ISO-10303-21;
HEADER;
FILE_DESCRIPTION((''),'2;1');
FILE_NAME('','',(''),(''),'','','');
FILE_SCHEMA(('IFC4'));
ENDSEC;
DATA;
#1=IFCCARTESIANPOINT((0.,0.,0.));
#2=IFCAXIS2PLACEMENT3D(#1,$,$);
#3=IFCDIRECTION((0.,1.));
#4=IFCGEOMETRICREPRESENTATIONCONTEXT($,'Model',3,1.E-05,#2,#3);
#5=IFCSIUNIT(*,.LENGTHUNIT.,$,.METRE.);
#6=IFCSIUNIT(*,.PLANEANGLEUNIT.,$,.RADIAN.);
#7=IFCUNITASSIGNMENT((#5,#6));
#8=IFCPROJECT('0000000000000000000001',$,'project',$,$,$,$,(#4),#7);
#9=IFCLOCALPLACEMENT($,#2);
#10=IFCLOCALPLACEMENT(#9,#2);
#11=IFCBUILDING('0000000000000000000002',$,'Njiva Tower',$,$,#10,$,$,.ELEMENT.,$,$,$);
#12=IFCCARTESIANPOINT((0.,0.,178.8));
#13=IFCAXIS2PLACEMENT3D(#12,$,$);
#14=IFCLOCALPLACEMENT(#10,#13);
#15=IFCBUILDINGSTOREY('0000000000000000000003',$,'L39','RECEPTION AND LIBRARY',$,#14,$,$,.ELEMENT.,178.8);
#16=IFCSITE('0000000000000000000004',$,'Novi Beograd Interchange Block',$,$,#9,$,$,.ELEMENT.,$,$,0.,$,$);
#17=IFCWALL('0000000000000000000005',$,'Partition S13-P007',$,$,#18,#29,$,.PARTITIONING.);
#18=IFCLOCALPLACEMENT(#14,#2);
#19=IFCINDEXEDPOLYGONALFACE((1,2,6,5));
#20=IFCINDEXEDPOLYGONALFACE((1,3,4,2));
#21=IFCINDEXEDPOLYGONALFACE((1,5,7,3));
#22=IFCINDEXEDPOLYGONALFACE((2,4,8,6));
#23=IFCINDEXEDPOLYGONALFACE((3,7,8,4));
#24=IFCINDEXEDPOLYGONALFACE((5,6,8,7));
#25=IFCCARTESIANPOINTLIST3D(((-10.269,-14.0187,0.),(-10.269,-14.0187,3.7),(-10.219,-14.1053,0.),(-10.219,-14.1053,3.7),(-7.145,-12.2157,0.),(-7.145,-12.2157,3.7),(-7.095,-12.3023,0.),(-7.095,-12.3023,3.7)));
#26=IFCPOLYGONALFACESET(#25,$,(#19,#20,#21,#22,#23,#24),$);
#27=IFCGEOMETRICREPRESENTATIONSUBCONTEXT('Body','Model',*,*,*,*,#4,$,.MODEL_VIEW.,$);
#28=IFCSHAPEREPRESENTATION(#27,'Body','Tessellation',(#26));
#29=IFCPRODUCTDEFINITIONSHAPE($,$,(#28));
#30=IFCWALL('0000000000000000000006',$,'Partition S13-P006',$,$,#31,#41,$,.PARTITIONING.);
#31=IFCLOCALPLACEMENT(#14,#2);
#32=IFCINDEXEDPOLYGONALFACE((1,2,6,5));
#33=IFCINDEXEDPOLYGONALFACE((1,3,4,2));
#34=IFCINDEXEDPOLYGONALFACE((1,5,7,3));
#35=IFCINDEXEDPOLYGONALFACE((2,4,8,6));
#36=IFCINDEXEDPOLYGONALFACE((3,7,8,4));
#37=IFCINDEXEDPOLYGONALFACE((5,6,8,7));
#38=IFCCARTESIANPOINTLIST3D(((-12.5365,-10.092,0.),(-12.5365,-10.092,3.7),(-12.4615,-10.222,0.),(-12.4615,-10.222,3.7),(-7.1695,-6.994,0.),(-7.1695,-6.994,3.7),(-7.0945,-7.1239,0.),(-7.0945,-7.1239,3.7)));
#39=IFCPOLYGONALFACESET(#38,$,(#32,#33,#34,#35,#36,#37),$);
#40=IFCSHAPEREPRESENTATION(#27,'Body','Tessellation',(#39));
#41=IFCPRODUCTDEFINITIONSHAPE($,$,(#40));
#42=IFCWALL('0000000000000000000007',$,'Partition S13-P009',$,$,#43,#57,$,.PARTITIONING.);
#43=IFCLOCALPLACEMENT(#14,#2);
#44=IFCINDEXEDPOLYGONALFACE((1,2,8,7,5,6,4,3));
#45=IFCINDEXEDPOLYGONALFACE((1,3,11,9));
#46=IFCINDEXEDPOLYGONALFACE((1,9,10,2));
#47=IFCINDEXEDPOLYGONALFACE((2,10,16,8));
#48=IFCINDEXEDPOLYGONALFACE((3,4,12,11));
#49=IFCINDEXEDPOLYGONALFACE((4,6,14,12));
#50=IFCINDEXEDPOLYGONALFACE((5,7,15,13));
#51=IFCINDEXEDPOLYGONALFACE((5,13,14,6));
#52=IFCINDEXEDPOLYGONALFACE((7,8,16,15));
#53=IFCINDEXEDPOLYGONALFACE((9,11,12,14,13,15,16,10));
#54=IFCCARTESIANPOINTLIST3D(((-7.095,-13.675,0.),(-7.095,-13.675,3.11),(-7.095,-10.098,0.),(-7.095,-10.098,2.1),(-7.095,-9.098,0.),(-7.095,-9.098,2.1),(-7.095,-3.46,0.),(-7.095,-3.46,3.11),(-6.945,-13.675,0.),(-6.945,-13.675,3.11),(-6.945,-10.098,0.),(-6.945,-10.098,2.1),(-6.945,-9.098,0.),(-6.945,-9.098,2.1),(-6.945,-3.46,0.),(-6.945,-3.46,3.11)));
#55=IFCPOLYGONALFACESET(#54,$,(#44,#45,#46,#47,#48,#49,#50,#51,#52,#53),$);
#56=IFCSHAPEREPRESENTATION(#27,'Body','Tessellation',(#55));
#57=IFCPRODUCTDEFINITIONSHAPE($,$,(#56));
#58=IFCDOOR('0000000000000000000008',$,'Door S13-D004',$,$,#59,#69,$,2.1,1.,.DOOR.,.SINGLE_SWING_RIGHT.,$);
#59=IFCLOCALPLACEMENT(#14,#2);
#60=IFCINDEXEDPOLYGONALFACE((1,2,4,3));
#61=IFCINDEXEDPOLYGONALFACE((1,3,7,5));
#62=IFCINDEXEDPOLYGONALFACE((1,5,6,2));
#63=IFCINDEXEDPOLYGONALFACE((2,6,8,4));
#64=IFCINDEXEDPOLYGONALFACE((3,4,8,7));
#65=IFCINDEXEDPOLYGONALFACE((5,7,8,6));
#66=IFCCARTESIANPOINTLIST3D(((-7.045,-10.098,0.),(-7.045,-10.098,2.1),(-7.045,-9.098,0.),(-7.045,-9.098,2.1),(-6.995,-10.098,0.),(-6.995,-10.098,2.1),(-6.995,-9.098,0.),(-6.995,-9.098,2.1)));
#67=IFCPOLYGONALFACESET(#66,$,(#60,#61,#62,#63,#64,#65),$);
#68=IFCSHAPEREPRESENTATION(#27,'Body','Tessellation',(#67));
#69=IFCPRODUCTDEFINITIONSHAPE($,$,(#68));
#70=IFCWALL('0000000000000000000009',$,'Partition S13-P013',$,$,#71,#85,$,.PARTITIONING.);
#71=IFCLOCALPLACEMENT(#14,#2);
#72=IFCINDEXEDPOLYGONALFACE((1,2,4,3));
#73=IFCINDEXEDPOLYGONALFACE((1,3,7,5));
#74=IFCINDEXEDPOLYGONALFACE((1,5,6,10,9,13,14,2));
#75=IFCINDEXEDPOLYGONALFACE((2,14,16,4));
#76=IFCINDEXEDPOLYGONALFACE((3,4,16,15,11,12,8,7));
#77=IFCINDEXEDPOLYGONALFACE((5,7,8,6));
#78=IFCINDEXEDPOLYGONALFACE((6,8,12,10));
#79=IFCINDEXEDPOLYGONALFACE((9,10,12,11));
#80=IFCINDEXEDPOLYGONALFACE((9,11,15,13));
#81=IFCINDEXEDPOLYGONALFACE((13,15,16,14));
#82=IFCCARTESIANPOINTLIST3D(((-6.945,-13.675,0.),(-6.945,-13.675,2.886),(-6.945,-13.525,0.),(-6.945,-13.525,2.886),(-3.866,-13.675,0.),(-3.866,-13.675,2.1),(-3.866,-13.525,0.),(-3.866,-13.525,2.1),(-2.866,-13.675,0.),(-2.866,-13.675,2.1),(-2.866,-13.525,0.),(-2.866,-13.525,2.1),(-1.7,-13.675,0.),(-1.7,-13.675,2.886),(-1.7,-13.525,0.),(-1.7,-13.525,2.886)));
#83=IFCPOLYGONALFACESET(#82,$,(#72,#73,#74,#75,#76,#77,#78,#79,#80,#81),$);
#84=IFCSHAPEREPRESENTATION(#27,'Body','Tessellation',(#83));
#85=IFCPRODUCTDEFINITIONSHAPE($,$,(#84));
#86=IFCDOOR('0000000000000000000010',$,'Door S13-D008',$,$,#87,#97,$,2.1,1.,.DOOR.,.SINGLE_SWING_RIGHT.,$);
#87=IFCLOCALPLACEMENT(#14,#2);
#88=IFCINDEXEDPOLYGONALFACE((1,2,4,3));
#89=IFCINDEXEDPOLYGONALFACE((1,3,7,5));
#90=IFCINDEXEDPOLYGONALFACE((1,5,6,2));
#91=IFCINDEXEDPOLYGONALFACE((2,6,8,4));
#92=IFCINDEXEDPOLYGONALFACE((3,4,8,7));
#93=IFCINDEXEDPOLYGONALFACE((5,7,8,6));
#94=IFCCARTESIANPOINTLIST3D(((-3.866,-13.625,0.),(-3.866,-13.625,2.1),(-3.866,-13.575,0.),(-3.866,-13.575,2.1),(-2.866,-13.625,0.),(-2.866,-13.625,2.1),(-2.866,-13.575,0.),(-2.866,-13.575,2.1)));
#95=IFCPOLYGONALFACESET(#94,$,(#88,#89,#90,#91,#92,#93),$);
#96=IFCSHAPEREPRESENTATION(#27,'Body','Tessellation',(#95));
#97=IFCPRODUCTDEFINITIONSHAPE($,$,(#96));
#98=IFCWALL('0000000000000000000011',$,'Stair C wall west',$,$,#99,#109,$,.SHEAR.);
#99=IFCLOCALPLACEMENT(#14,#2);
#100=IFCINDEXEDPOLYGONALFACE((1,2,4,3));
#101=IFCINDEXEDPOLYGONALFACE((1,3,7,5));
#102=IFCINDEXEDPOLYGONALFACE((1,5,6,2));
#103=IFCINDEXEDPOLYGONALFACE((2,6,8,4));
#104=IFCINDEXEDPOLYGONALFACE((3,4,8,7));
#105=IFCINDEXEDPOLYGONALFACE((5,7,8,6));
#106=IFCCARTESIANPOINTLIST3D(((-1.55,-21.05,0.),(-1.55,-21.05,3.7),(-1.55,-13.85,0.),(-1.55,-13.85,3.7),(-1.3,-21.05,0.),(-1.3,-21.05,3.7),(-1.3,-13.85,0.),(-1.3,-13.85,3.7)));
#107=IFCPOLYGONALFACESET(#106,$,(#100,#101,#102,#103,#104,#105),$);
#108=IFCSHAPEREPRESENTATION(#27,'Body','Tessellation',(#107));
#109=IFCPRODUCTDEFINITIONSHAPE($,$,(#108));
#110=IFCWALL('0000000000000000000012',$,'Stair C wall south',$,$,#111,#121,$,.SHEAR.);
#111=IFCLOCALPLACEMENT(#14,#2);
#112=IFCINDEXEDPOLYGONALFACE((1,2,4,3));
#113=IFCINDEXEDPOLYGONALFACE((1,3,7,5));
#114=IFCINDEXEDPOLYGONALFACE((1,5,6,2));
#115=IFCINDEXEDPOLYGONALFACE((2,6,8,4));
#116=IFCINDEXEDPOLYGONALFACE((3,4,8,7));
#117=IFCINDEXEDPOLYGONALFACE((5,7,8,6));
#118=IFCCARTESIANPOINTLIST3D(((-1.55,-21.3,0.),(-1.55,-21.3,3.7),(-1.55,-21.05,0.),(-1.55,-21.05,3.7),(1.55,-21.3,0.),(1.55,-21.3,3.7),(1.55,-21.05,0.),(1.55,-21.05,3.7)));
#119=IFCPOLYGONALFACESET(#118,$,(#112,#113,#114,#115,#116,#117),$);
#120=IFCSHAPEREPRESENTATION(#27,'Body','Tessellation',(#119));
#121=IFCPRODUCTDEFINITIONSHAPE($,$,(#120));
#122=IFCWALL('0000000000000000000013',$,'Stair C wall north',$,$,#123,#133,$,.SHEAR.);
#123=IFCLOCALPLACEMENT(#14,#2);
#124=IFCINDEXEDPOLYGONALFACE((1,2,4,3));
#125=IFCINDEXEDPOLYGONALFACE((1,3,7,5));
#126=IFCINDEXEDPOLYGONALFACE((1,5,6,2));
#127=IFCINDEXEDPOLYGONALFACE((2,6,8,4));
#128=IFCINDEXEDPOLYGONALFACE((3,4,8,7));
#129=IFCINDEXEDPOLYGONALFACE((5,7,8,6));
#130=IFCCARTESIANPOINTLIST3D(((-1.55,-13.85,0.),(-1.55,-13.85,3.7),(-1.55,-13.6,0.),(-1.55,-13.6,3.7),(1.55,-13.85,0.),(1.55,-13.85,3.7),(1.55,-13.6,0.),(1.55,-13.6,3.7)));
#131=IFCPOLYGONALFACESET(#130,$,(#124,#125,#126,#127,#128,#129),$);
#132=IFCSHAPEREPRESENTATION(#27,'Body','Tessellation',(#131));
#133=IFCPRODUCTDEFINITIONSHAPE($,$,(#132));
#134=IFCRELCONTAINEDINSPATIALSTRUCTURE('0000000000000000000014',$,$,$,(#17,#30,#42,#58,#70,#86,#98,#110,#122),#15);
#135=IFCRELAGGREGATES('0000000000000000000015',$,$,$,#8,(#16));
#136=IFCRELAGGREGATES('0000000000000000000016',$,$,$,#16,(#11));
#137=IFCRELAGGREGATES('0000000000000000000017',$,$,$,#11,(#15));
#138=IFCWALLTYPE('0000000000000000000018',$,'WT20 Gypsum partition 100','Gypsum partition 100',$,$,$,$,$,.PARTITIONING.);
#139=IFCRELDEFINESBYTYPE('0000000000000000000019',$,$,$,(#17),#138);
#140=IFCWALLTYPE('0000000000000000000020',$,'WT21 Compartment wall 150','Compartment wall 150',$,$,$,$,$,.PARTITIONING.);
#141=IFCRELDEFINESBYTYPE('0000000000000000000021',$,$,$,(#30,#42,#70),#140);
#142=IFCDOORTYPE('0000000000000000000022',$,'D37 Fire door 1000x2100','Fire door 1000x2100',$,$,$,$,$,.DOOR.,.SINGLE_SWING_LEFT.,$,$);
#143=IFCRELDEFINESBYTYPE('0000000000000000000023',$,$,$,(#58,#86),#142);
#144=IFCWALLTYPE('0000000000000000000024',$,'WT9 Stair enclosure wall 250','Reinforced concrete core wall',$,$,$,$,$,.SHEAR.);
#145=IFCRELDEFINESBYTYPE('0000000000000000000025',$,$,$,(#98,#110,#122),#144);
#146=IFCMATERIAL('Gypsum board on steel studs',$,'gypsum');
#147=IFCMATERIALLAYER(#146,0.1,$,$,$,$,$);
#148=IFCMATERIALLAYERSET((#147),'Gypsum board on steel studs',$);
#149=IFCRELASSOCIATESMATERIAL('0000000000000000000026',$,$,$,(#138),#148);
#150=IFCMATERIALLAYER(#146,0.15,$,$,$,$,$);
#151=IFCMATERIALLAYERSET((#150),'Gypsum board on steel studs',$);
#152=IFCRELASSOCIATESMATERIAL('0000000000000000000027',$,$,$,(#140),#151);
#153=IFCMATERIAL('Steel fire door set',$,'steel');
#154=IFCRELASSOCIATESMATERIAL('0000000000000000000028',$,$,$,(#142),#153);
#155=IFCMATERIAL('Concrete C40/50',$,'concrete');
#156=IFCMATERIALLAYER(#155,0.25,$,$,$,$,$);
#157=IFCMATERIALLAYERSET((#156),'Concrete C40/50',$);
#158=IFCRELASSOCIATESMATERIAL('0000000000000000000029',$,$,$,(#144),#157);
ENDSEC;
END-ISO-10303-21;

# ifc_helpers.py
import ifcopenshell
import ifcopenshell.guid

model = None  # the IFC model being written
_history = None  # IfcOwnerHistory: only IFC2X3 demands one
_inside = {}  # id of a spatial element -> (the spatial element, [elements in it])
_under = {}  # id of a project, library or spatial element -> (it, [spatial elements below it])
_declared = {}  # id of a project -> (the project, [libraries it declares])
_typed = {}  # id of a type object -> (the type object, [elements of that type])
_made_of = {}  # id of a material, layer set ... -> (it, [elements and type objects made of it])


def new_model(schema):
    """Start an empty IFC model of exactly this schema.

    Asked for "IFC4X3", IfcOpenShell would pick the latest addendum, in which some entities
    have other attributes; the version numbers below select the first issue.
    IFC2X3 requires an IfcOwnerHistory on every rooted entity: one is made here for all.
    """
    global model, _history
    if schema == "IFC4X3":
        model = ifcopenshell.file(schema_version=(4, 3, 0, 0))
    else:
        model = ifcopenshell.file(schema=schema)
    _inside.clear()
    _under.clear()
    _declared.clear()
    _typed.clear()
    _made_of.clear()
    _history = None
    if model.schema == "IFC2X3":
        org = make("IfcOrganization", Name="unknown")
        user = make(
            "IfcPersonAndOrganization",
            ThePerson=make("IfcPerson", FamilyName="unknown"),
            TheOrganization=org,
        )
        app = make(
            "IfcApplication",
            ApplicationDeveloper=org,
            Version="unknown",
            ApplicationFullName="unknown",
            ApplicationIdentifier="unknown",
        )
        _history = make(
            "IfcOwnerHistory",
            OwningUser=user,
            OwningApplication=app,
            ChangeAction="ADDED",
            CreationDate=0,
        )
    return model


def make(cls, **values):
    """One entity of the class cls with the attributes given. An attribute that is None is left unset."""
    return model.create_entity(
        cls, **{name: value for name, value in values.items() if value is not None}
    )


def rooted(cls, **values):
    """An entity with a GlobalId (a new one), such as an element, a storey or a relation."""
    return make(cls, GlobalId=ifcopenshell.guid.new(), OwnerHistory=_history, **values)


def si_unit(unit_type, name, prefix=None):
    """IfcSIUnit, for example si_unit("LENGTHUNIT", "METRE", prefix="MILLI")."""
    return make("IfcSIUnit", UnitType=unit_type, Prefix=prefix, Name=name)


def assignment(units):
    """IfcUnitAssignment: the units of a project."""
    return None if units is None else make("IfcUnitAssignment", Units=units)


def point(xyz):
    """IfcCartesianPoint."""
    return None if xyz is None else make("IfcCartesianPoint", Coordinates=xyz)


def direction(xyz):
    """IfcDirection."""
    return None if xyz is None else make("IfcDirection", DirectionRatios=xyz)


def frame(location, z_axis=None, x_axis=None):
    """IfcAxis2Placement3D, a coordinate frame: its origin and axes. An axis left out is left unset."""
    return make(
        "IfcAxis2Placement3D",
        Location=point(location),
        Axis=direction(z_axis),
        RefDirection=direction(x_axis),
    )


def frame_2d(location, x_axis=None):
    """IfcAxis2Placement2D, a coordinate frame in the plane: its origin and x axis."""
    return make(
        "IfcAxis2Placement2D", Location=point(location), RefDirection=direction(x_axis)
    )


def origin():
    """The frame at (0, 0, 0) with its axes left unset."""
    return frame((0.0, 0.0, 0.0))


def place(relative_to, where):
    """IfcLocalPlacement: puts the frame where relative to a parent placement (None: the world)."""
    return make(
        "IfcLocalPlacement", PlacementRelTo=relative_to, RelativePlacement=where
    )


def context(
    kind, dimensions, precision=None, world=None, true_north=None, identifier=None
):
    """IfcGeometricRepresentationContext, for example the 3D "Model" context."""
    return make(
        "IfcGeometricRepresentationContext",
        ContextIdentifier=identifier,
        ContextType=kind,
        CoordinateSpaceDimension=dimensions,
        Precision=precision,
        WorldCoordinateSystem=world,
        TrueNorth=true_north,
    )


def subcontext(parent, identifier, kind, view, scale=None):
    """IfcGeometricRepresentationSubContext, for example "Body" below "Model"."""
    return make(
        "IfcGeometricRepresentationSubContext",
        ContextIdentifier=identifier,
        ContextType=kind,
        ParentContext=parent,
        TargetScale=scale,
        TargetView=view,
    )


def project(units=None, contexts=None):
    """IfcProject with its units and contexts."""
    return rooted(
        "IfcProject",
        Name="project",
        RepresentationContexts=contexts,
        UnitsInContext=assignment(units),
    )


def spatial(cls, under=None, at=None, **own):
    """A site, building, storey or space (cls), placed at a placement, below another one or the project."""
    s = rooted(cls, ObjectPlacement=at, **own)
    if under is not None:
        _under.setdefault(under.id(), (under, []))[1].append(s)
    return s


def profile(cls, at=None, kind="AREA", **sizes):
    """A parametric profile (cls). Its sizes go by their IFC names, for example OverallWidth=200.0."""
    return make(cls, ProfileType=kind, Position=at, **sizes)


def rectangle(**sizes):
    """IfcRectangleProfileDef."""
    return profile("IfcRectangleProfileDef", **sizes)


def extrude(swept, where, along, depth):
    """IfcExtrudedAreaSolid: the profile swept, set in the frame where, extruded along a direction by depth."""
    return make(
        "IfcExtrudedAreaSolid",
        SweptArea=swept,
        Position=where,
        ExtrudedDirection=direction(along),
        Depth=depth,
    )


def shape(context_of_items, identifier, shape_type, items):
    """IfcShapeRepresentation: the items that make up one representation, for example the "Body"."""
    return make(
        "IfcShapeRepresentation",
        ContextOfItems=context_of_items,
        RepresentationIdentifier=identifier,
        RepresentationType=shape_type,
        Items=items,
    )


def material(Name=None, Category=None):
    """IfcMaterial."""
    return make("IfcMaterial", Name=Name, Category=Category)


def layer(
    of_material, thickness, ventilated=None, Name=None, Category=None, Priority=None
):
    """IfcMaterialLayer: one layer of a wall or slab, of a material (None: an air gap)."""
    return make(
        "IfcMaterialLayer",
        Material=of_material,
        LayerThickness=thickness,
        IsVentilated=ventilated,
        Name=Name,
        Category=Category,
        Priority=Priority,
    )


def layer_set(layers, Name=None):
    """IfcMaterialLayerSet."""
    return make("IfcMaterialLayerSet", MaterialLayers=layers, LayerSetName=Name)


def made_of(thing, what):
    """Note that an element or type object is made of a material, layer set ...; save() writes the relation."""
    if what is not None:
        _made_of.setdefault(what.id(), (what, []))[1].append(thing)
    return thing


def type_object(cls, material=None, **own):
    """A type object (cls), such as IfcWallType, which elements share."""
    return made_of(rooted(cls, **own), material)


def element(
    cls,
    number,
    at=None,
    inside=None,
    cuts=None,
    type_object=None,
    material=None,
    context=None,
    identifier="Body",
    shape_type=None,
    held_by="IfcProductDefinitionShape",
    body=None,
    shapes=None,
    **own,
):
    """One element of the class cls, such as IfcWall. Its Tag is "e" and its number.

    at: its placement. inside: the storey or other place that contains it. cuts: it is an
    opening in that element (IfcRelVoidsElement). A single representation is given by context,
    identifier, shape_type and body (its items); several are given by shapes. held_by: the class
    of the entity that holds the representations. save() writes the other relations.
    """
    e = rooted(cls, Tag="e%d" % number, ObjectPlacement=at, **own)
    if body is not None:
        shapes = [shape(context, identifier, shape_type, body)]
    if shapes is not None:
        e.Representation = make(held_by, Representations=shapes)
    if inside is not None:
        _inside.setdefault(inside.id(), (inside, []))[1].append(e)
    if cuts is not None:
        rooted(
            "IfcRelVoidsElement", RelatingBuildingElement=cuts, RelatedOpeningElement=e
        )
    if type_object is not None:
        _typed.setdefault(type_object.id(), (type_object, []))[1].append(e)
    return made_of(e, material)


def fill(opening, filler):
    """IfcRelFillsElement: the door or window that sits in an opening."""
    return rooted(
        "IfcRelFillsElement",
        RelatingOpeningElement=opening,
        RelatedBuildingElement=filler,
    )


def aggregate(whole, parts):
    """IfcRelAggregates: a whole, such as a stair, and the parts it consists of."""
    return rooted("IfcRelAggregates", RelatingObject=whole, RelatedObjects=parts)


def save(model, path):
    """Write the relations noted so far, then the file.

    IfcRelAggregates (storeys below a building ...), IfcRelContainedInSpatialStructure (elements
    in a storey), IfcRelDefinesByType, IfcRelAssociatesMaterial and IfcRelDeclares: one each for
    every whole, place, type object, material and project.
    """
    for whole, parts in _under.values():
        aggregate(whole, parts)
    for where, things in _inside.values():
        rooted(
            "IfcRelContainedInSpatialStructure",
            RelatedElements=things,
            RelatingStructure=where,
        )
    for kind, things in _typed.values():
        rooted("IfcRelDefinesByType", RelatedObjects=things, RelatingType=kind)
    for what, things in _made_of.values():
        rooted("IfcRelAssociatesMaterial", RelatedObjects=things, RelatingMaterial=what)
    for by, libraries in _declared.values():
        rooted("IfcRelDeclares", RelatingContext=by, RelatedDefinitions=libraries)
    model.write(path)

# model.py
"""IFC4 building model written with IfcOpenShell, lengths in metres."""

from ifc_helpers import new_model, si_unit, direction, frame, frame_2d, origin, place, context, subcontext, project, spatial, rectangle, extrude, material, layer, layer_set, type_object, element, fill, save


model = new_model("IFC4")

# Units and contexts
model_context = context("Model", 3, precision=1e-05, world=origin(), true_north=direction((0.0, 1.0)))
body_context = subcontext(model_context, "Body", "Model", "MODEL_VIEW")
ifc_project = project(units=[si_unit("LENGTHUNIT", "METRE"), si_unit("PLANEANGLEUNIT", "RADIAN")], contexts=[model_context])

# Site, building, storey
site_placement = place(None, origin())
site = spatial("IfcSite", under=ifc_project, at=site_placement, Name="Novi Beograd Interchange Block", CompositionType="ELEMENT", RefElevation=0.0)
building_placement = place(site_placement, origin())
building = spatial("IfcBuilding", under=site, at=building_placement, Name="Njiva Tower", CompositionType="ELEMENT")
storey_placement = place(building_placement, frame((0.0, 0.0, 178.8)))
storey = spatial("IfcBuildingStorey", under=building, at=storey_placement, Name="L39", Description="RECEPTION AND LIBRARY", CompositionType="ELEMENT", Elevation=178.8)

# Walls
ifc_material_1 = material(Name="Gypsum board on steel studs", Category="gypsum")
ifc_layer_1 = layer(ifc_material_1, 0.1)
ifc_layer_set_1 = layer_set([ifc_layer_1], Name="Gypsum board on steel studs")
wall_type_1 = type_object("IfcWallType", Name="WT20 Gypsum partition 100", Description="Gypsum partition 100", PredefinedType="PARTITIONING", material=ifc_layer_set_1)
wall_1_placement = place(storey_placement, frame((-10.244, -14.062, 0.0), z_axis=(0.0, 0.0, 1.0), x_axis=(0.866102, 0.499866, 0.0)))
element("IfcWall", 1, at=wall_1_placement, inside=storey, type_object=wall_type_1, Name="Partition S13-P007", PredefinedType="PARTITIONING", context=body_context, shape_type="SweptSolid", body=[
    extrude(rectangle(XDim=3.607, YDim=0.1, at=frame_2d((1.8035, 0.0))), origin(), (0.0, 0.0, 1.0), 3.7),
])
ifc_layer_2 = layer(ifc_material_1, 0.15)
ifc_layer_set_2 = layer_set([ifc_layer_2], Name="Gypsum board on steel studs")
wall_type_2 = type_object("IfcWallType", Name="WT21 Compartment wall 150", Description="Compartment wall 150", PredefinedType="PARTITIONING", material=ifc_layer_set_2)
wall_2_placement = place(storey_placement, frame((-12.499, -10.157, 0.0), z_axis=(0.0, 0.0, 1.0), x_axis=(0.86607, 0.499923, 0.0)))
element("IfcWall", 2, at=wall_2_placement, inside=storey, type_object=wall_type_2, Name="Partition S13-P006", PredefinedType="PARTITIONING", context=body_context, shape_type="SweptSolid", body=[
    extrude(rectangle(XDim=6.197, YDim=0.15, at=frame_2d((3.0985, 0.0))), origin(), (0.0, 0.0, 1.0), 3.7),
])

# Walls, openings, doors
wall_3_placement = place(storey_placement, frame((-7.02, -13.675, 0.0), z_axis=(0.0, 0.0, 1.0), x_axis=(0.0, 1.0, 0.0)))
wall_3 = element("IfcWall", 3, at=wall_3_placement, inside=storey, type_object=wall_type_2, Name="Partition S13-P009", PredefinedType="PARTITIONING", context=body_context, shape_type="SweptSolid", body=[
    extrude(rectangle(XDim=10.215, YDim=0.15, at=frame_2d((5.1075, 0.0))), origin(), (0.0, 0.0, 1.0), 3.11),
])
opening_1_placement = place(wall_3_placement, frame((3.577, 0.0, 0.0)))
opening_1 = element("IfcOpeningElement", 4, at=opening_1_placement, cuts=wall_3, PredefinedType="OPENING", context=body_context, shape_type="SweptSolid", body=[
    extrude(rectangle(XDim=1.0, YDim=2.1, at=frame_2d((0.5, 1.05))), frame((0.0, 0.085, 0.0), z_axis=(0.0, -1.0, 0.0), x_axis=(1.0, 0.0, 0.0)), (0.0, 0.0, 1.0), 0.17),
])
ifc_material_2 = material(Name="Steel fire door set", Category="steel")
door_type = type_object("IfcDoorType", Name="D37 Fire door 1000x2100", Description="Fire door 1000x2100", OperationType="SINGLE_SWING_LEFT", PredefinedType="DOOR", material=ifc_material_2)
door_1_placement = place(opening_1_placement, origin())
door_1 = element("IfcDoor", 5, at=door_1_placement, inside=storey, type_object=door_type, Name="Door S13-D004", OperationType="SINGLE_SWING_RIGHT", OverallHeight=2.1, OverallWidth=1.0, PredefinedType="DOOR", context=body_context, shape_type="SweptSolid", body=[
    extrude(rectangle(XDim=1.0, YDim=2.1, at=frame_2d((0.5, 1.05))), frame((0.0, 0.025, 0.0), z_axis=(0.0, -1.0, 0.0), x_axis=(1.0, 0.0, 0.0)), (0.0, 0.0, 1.0), 0.05),
])
fill(opening_1, door_1)
wall_4_placement = place(storey_placement, frame((-6.945, -13.6, 0.0), z_axis=(0.0, 0.0, 1.0), x_axis=(1.0, 0.0, 0.0)))
wall_4 = element("IfcWall", 6, at=wall_4_placement, inside=storey, type_object=wall_type_2, Name="Partition S13-P013", PredefinedType="PARTITIONING", context=body_context, shape_type="SweptSolid", body=[
    extrude(rectangle(XDim=5.245, YDim=0.15, at=frame_2d((2.6225, 0.0))), origin(), (0.0, 0.0, 1.0), 2.886),
])
opening_2_placement = place(wall_4_placement, frame((3.079, 0.0, 0.0)))
opening_2 = element("IfcOpeningElement", 7, at=opening_2_placement, cuts=wall_4, PredefinedType="OPENING", context=body_context, shape_type="SweptSolid", body=[
    extrude(rectangle(XDim=1.0, YDim=2.1, at=frame_2d((0.5, 1.05))), frame((0.0, 0.085, 0.0), z_axis=(0.0, -1.0, 0.0), x_axis=(1.0, 0.0, 0.0)), (0.0, 0.0, 1.0), 0.17),
])
door_2_placement = place(opening_2_placement, origin())
door_2 = element("IfcDoor", 8, at=door_2_placement, inside=storey, type_object=door_type, Name="Door S13-D008", OperationType="SINGLE_SWING_RIGHT", OverallHeight=2.1, OverallWidth=1.0, PredefinedType="DOOR", context=body_context, shape_type="SweptSolid", body=[
    extrude(rectangle(XDim=1.0, YDim=2.1, at=frame_2d((0.5, 1.05))), frame((0.0, 0.025, 0.0), z_axis=(0.0, -1.0, 0.0), x_axis=(1.0, 0.0, 0.0)), (0.0, 0.0, 1.0), 0.05),
])
fill(opening_2, door_2)

# Walls
ifc_material_3 = material(Name="Concrete C40/50", Category="concrete")
ifc_layer_3 = layer(ifc_material_3, 0.25)
ifc_layer_set_3 = layer_set([ifc_layer_3], Name="Concrete C40/50")
wall_type_3 = type_object("IfcWallType", Name="WT9 Stair enclosure wall 250", Description="Reinforced concrete core wall", PredefinedType="SHEAR", material=ifc_layer_set_3)
wall_5_placement = place(storey_placement, frame((-1.425, -21.05, 0.0), z_axis=(0.0, 0.0, 1.0), x_axis=(0.0, 1.0, 0.0)))
element("IfcWall", 9, at=wall_5_placement, inside=storey, type_object=wall_type_3, Name="Stair C wall west", PredefinedType="SHEAR", context=body_context, shape_type="SweptSolid", body=[
    extrude(rectangle(XDim=7.2, YDim=0.25, at=frame_2d((3.6, 0.0))), origin(), (0.0, 0.0, 1.0), 3.7),
])
for number, where, z_axis, x_axis, name in (
    (10, (-1.55, -21.175, 0.0), (0.0, 0.0, 1.0), (1.0, 0.0, 0.0), "Stair C wall south"),
    (11, (-1.55, -13.725, 0.0), (0.0, 0.0, 1.0), (1.0, 0.0, 0.0), "Stair C wall north"),
):
    element("IfcWall", number, at=place(storey_placement, frame(where, z_axis=z_axis, x_axis=x_axis)), inside=storey, type_object=wall_type_3, Name=name, PredefinedType="SHEAR", context=body_context, shape_type="SweptSolid", body=[
        extrude(rectangle(XDim=3.1, YDim=0.25, at=frame_2d((1.55, 0.0))), origin(), (0.0, 0.0, 1.0), 3.7),
    ])

save(model, "model.ifc")
